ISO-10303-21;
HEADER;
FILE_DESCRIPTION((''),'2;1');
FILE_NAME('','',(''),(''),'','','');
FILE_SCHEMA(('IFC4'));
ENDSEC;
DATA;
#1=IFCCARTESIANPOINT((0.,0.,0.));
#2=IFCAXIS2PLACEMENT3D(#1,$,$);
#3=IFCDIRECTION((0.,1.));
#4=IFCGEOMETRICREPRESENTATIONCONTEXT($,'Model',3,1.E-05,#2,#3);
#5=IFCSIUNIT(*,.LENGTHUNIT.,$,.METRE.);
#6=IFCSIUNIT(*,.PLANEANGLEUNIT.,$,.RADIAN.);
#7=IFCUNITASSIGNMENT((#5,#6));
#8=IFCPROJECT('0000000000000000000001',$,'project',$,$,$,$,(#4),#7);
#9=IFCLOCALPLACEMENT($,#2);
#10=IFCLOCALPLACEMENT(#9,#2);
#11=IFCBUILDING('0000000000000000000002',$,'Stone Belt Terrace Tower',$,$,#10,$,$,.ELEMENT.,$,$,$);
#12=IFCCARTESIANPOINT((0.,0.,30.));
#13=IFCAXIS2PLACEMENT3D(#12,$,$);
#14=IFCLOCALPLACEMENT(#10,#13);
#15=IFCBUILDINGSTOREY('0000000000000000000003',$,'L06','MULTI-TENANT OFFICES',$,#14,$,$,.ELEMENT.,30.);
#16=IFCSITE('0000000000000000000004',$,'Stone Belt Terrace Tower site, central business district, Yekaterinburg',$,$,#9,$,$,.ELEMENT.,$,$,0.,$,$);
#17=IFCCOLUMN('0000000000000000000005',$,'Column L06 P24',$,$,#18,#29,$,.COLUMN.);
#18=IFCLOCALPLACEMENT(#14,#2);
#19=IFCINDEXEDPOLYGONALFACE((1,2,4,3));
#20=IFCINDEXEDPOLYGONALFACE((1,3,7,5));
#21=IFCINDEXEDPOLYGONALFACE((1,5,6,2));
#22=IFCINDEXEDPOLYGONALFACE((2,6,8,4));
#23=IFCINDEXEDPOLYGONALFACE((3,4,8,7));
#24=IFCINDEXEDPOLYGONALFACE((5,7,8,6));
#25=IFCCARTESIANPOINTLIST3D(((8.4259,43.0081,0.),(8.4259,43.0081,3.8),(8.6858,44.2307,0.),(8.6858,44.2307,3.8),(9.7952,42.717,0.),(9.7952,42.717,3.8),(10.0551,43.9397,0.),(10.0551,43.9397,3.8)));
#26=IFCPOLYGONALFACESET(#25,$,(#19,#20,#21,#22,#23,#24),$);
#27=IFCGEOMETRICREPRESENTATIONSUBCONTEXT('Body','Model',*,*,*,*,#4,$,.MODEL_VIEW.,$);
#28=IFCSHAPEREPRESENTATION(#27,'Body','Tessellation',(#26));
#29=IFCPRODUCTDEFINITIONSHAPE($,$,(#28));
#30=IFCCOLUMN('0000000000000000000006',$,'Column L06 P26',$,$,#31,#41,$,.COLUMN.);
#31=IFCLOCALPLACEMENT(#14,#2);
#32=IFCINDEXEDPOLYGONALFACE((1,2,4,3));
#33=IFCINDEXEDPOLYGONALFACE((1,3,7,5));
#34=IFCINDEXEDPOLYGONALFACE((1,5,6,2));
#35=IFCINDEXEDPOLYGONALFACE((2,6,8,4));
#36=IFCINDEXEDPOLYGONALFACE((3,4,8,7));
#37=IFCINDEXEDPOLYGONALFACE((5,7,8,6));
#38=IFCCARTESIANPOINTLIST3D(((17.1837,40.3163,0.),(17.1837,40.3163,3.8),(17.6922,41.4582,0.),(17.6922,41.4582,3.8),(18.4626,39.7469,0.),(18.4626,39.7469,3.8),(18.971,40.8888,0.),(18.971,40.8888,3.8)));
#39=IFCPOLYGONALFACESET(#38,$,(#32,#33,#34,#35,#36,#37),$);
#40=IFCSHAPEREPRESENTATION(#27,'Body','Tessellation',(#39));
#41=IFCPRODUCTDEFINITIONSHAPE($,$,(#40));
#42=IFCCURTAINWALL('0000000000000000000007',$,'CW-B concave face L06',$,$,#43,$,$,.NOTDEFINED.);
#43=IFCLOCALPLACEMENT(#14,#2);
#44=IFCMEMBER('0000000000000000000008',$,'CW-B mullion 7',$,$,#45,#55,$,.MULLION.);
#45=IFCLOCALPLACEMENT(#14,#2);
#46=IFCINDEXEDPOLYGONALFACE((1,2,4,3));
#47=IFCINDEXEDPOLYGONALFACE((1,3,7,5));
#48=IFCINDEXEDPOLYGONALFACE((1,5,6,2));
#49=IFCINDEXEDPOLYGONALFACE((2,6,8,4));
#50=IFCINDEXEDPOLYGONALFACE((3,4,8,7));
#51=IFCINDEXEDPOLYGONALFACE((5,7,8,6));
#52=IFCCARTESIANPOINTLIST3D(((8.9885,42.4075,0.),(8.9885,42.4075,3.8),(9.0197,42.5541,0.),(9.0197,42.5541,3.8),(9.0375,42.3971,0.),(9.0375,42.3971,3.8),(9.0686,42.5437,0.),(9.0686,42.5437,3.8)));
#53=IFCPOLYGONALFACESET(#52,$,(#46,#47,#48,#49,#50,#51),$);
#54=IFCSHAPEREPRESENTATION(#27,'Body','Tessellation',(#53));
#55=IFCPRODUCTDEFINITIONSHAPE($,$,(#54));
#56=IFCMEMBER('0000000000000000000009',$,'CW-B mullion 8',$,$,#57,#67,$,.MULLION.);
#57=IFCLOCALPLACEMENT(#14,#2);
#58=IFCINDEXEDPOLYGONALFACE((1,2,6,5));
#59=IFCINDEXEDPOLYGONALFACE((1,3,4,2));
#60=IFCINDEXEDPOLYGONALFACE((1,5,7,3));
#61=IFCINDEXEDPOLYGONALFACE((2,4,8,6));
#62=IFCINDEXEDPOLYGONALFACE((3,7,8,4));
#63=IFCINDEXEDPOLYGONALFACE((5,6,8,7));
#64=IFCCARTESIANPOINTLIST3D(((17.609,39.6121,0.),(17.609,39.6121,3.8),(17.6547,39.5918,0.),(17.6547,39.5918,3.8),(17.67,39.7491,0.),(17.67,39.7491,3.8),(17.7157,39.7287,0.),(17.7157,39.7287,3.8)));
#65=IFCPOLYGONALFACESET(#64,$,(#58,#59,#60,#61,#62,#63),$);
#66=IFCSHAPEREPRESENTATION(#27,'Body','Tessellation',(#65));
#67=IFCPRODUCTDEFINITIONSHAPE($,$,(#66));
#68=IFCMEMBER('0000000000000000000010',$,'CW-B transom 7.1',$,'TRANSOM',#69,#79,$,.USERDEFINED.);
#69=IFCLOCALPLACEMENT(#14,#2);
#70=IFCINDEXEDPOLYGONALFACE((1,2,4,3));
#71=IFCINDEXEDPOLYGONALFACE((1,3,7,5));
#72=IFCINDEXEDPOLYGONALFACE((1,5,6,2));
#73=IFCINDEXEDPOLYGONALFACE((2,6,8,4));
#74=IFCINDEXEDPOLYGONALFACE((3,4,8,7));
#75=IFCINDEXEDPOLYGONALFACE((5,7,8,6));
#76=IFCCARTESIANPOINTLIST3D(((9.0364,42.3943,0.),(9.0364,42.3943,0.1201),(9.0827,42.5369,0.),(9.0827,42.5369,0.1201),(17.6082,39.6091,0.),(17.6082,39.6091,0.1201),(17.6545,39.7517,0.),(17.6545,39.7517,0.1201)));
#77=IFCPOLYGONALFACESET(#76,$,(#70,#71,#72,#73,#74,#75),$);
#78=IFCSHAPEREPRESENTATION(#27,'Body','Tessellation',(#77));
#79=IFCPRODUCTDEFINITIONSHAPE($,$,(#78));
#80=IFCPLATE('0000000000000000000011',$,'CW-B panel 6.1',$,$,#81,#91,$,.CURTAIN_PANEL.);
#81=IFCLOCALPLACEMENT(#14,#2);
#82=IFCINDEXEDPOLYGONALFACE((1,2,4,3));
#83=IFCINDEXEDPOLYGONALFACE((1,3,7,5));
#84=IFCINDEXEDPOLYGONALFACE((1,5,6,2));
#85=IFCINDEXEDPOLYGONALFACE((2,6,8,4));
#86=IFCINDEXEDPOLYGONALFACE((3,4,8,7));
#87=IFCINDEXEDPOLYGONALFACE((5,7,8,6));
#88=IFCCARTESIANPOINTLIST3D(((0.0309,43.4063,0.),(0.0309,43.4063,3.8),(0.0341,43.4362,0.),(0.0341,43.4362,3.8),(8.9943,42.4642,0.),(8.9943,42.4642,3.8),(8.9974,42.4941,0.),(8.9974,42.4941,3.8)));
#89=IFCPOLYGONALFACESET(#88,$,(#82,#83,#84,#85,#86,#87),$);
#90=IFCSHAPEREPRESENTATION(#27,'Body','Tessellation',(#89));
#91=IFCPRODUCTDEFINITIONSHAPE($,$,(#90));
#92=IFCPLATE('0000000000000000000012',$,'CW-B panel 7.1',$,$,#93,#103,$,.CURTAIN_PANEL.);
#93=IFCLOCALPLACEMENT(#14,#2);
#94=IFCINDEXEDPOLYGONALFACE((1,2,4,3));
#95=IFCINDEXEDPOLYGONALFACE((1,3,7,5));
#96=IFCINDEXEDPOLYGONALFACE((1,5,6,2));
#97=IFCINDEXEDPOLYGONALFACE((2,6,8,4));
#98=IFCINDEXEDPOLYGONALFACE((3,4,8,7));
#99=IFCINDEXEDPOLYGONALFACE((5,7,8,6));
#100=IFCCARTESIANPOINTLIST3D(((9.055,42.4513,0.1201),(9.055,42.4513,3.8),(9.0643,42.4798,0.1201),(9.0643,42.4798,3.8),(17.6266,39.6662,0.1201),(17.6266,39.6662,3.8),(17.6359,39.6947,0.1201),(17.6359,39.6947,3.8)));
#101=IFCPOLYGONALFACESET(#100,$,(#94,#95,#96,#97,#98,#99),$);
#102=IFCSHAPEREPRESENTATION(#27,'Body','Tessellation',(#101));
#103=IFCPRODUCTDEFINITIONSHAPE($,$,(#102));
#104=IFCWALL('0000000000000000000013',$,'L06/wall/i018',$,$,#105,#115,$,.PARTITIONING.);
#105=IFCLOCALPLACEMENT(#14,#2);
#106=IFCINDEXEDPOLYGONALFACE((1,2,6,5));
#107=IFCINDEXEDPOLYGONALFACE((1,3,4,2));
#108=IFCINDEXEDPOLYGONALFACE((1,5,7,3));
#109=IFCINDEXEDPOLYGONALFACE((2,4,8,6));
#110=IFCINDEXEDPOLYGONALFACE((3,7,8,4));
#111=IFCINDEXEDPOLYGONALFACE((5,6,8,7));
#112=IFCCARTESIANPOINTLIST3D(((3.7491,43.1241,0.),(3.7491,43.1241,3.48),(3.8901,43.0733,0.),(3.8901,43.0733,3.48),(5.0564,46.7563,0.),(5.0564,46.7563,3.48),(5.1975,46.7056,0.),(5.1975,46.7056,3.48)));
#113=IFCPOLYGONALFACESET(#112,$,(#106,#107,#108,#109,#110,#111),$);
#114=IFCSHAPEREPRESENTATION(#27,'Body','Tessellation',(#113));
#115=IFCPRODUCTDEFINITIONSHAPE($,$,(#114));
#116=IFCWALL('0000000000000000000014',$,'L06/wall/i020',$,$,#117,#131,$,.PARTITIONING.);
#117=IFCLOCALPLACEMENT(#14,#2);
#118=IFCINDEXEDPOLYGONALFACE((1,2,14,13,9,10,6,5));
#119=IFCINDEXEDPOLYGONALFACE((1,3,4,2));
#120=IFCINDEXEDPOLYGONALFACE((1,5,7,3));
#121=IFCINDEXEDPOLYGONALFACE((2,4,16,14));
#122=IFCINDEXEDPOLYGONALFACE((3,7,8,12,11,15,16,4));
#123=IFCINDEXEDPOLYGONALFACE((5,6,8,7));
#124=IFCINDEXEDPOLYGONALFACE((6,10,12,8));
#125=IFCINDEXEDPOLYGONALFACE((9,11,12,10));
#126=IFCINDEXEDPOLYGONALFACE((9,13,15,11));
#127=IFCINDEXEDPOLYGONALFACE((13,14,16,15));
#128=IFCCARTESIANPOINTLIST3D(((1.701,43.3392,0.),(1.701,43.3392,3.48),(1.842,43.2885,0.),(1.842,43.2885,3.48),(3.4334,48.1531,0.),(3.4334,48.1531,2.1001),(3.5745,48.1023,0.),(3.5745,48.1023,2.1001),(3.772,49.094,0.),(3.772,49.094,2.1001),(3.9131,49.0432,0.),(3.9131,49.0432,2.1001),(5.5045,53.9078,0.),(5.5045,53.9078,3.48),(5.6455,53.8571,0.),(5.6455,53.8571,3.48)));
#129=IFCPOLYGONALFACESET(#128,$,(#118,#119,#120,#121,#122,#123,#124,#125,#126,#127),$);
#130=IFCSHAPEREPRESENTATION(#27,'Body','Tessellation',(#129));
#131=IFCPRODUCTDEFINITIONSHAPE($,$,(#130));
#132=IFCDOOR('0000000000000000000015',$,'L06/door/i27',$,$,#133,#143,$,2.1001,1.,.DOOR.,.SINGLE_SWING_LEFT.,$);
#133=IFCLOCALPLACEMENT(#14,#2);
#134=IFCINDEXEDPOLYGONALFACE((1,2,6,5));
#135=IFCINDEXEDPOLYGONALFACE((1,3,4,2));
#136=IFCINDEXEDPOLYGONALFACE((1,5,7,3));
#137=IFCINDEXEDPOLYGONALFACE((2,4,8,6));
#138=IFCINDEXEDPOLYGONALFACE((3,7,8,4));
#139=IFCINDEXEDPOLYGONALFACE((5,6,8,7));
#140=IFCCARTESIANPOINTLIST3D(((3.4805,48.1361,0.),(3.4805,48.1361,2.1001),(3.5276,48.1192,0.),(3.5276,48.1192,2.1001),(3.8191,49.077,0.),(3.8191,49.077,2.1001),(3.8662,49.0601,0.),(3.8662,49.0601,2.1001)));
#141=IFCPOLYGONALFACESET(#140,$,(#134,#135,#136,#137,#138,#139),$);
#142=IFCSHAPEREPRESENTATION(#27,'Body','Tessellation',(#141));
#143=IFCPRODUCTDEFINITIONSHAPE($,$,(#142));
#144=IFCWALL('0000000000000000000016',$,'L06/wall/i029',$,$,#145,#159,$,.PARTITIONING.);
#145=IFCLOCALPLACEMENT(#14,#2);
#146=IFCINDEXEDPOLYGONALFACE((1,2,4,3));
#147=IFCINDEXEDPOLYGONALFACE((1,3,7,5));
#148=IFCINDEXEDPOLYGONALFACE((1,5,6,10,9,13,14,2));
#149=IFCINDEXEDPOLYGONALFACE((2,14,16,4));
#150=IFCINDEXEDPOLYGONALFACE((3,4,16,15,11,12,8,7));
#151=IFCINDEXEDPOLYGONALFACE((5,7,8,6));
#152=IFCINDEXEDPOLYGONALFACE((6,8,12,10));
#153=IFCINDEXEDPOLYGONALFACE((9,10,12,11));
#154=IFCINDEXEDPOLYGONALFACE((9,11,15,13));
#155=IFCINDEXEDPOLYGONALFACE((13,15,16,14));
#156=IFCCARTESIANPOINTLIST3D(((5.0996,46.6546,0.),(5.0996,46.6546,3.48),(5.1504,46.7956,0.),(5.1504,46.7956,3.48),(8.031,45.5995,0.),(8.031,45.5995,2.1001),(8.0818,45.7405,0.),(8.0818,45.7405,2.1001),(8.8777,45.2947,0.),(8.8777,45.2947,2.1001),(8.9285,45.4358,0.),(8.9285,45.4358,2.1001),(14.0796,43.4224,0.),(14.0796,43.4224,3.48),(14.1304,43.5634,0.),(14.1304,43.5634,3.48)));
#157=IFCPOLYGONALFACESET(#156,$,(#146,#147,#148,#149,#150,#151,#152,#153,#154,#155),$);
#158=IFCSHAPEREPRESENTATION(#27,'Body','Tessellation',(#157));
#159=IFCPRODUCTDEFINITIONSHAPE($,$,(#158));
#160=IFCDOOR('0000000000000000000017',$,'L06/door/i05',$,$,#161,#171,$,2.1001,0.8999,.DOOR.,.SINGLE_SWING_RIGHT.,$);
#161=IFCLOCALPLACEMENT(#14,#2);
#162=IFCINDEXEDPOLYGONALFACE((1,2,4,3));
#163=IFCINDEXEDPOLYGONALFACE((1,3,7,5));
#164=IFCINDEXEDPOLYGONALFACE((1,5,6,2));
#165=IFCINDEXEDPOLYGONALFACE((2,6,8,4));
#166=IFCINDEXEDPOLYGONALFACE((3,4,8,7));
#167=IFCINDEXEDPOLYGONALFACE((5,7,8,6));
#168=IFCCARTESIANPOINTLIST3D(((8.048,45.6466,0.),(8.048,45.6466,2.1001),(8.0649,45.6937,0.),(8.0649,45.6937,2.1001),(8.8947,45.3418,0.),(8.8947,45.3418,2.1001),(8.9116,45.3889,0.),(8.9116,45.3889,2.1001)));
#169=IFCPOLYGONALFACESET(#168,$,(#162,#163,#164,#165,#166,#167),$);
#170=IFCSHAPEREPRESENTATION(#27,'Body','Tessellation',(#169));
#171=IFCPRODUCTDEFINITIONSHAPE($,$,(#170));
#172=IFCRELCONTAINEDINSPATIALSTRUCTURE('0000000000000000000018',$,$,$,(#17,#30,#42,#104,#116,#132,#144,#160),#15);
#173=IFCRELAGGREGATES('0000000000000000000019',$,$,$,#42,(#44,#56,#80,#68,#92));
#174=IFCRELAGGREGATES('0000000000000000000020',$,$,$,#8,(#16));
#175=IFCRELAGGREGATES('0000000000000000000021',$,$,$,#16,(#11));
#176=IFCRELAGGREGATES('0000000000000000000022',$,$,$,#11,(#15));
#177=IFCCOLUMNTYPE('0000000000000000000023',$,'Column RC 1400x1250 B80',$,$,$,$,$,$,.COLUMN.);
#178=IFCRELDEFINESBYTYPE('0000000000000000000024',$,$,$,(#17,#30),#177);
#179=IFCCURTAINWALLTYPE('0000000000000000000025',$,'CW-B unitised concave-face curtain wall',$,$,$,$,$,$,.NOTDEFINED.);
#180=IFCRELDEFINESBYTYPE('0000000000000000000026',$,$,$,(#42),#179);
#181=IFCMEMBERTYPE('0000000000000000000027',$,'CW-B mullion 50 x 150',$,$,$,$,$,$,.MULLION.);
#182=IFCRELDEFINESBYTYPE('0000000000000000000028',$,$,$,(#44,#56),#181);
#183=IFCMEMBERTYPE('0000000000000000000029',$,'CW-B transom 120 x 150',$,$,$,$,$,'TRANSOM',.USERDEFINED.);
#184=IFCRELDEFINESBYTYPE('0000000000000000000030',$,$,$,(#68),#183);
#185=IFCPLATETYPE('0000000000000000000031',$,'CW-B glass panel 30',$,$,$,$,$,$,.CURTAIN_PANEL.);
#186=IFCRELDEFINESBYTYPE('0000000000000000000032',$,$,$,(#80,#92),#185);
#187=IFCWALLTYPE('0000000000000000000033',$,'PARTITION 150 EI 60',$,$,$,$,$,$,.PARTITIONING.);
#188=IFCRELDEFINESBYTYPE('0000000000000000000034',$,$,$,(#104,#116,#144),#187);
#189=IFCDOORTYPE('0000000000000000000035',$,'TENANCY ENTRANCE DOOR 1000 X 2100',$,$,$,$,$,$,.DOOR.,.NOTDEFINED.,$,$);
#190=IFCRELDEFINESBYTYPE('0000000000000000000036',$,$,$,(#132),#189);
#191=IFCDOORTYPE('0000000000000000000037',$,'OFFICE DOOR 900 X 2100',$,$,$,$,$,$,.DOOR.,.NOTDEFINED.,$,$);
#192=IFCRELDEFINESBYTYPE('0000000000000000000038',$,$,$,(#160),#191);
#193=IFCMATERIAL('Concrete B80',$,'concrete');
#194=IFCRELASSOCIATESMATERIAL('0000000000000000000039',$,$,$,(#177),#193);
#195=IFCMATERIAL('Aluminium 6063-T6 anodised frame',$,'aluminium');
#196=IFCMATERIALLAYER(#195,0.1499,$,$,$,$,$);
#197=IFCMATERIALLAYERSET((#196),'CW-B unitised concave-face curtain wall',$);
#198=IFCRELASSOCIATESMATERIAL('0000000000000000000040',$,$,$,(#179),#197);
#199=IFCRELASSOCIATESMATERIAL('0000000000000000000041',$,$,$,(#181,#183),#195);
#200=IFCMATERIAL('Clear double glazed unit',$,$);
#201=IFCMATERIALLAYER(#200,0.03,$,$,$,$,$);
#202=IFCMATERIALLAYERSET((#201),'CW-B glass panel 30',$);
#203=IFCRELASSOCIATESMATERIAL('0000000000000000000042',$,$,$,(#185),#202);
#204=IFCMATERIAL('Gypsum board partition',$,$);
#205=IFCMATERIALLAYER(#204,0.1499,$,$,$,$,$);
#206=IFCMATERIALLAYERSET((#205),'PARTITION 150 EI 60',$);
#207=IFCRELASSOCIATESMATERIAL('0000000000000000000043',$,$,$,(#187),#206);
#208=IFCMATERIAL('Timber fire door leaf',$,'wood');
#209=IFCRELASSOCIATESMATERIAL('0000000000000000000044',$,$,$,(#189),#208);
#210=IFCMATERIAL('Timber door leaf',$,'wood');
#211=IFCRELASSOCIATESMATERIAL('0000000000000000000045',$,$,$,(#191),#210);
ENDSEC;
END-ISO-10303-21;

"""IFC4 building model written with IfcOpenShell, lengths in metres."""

from ifc_helpers import new_model, si_unit, direction, frame, frame_2d, origin, origin_2d, place, context, subcontext, project, spatial, rectangle, extrude, material, layer, layer_set, material_profile, profile_set, type_object, element, fill, aggregate, save


model = new_model("IFC4")

# Units and contexts
model_context = context("Model", 3, precision=1e-05, world=origin(), true_north=direction((0.0, 1.0)))
body_context = subcontext(model_context, "Body", "Model", "MODEL_VIEW")
ifc_project = project(units=[si_unit("LENGTHUNIT", "METRE"), si_unit("PLANEANGLEUNIT", "RADIAN")], contexts=[model_context])

# Site, building, storey
site_placement = place(None, origin())
site = spatial("IfcSite", under=ifc_project, at=site_placement, Name="Stone Belt Terrace Tower site, central business district, Yekaterinburg", CompositionType="ELEMENT", RefElevation=0.0)
building_placement = place(site_placement, origin())
building = spatial("IfcBuilding", under=site, at=building_placement, Name="Stone Belt Terrace Tower", CompositionType="ELEMENT")
storey_placement = place(building_placement, frame((0.0, 0.0, 30.0)))
storey = spatial("IfcBuildingStorey", under=building, at=storey_placement, Name="L06", Description="MULTI-TENANT OFFICES", CompositionType="ELEMENT", Elevation=30.0)

# Columns
ifc_material_1 = material(Name="Concrete B80", Category="concrete")
ifc_material_profile_1 = material_profile(ifc_material_1, rectangle(XDim=1.3999, YDim=1.25, at=origin_2d()), Name="RC 1400x1250")
ifc_profile_set_1 = profile_set([ifc_material_profile_1], Name="Concrete B80")
column_type = type_object("IfcColumnType", Name="Column RC 1400x1250 B80", PredefinedType="COLUMN", material=ifc_profile_set_1)
for number, where, z_axis, x_axis, name in (
    (1, (9.2405, 43.4739, 0.0), (0.0, 0.0, 1.0), (0.978148, -0.207912, 0.0), "Column L06 P24"),
    (2, (18.0774, 40.6025, 0.0), (0.0, 0.0, 1.0), (0.913545, -0.406737, 0.0), "Column L06 P26"),
):
    element("IfcColumn", number, at=place(storey_placement, frame(where, z_axis=z_axis, x_axis=x_axis)), inside=storey, type_object=column_type, Name=name, PredefinedType="COLUMN", context=body_context, shape_type="SweptSolid", body=[
        extrude(rectangle(XDim=1.3999, YDim=1.25, at=origin_2d()), origin(), (0.0, 0.0, 1.0), 3.8),
    ])

# Curtain wall, members, plates
ifc_material_2 = material(Name="Aluminium 6063-T6 anodised frame", Category="aluminium")
ifc_layer_1 = layer(ifc_material_2, 0.1499)
ifc_layer_set_1 = layer_set([ifc_layer_1], Name="CW-B unitised concave-face curtain wall")
curtain_wall_type = type_object("IfcCurtainWallType", Name="CW-B unitised concave-face curtain wall", PredefinedType="NOTDEFINED", material=ifc_layer_set_1)
curtain_wall_placement = place(storey_placement, origin())
curtain_wall = element("IfcCurtainWall", 3, at=curtain_wall_placement, inside=storey, type_object=curtain_wall_type, Name="CW-B concave face L06", PredefinedType="NOTDEFINED")
ifc_material_profile_2 = material_profile(ifc_material_2, rectangle(XDim=0.1499, YDim=0.05, at=origin_2d()), Name="Aluminium 6063-T6 50x150")
ifc_profile_set_2 = profile_set([ifc_material_profile_2], Name="Aluminium 6063-T6 anodised frame")
member_type_1 = type_object("IfcMemberType", Name="CW-B mullion 50 x 150", PredefinedType="MULLION", material=ifc_profile_set_2)
member_1_placement = place(storey_placement, frame((9.0286, 42.4756, 0.0), z_axis=(0.0, 0.0, 1.0), x_axis=(0.207912, 0.978148, 0.0)))
member_1 = element("IfcMember", 4, at=member_1_placement, type_object=member_type_1, Name="CW-B mullion 7", PredefinedType="MULLION", context=body_context, shape_type="SweptSolid", body=[
    extrude(rectangle(XDim=0.1499, YDim=0.05, at=origin_2d()), origin(), (0.0, 0.0, 1.0), 3.8),
])
member_2_placement = place(storey_placement, frame((17.6624, 39.6704, 0.0), z_axis=(0.0, 0.0, 1.0), x_axis=(0.406737, 0.913545, 0.0)))
member_2 = element("IfcMember", 5, at=member_2_placement, type_object=member_type_1, Name="CW-B mullion 8", PredefinedType="MULLION", context=body_context, shape_type="SweptSolid", body=[
    extrude(rectangle(XDim=0.1499, YDim=0.05, at=origin_2d()), origin(), (0.0, 0.0, 1.0), 3.8),
])
ifc_material_profile_3 = material_profile(ifc_material_2, rectangle(XDim=0.1499, YDim=0.1201, at=origin_2d()), Name="Aluminium 6063-T6 150x120")
ifc_profile_set_3 = profile_set([ifc_material_profile_3], Name="Aluminium 6063-T6 anodised frame")
member_type_2 = type_object("IfcMemberType", Name="CW-B transom 120 x 150", ElementType="TRANSOM", PredefinedType="USERDEFINED", material=ifc_profile_set_3)
member_3_placement = place(storey_placement, frame((9.0596, 42.4656, 0.0601), z_axis=(0.951056, -0.309019, 0.0), x_axis=(0.309019, 0.951056, 0.0)))
member_3 = element("IfcMember", 6, at=member_3_placement, type_object=member_type_2, Name="CW-B transom 7.1", ObjectType="TRANSOM", PredefinedType="USERDEFINED", context=body_context, shape_type="SweptSolid", body=[
    extrude(rectangle(XDim=0.1499, YDim=0.1201, at=origin_2d()), origin(), (0.0, 0.0, 1.0), 9.0129),
])
ifc_material_3 = material(Name="Clear double glazed unit")
ifc_layer_2 = layer(ifc_material_3, 0.03)
ifc_layer_set_2 = layer_set([ifc_layer_2], Name="CW-B glass panel 30")
plate_type = type_object("IfcPlateType", Name="CW-B glass panel 30", PredefinedType="CURTAIN_PANEL", material=ifc_layer_set_2)
plate_1_placement = place(storey_placement, frame((4.5142, 42.9502, 0.0), z_axis=(0.0, 0.0, 1.0), x_axis=(0.994522, -0.104528, 0.0)))
plate_1 = element("IfcPlate", 7, at=plate_1_placement, type_object=plate_type, Name="CW-B panel 6.1", PredefinedType="CURTAIN_PANEL", context=body_context, shape_type="SweptSolid", body=[
    extrude(rectangle(XDim=9.0127, YDim=0.03, at=origin_2d()), origin(), (0.0, 0.0, 1.0), 3.8),
])
plate_2_placement = place(storey_placement, frame((13.3455, 41.073, 0.1201), z_axis=(0.0, 0.0, 1.0), x_axis=(0.951057, -0.309017, 0.0)))
plate_2 = element("IfcPlate", 8, at=plate_2_placement, type_object=plate_type, Name="CW-B panel 7.1", PredefinedType="CURTAIN_PANEL", context=body_context, shape_type="SweptSolid", body=[
    extrude(rectangle(XDim=9.0127, YDim=0.03, at=origin_2d()), origin(), (0.0, 0.0, 1.0), 3.6799),
])
aggregate(curtain_wall, [member_1, member_2, plate_1, member_3, plate_2])

# Wall
ifc_material_4 = material(Name="Gypsum board partition")
ifc_layer_3 = layer(ifc_material_4, 0.1499)
ifc_layer_set_3 = layer_set([ifc_layer_3], Name="PARTITION 150 EI 60")
wall_type_1 = type_object("IfcWallType", Name="PARTITION 150 EI 60", PredefinedType="PARTITIONING", material=ifc_layer_set_3)
wall_1_placement = place(storey_placement, frame((5.127, 46.731, 0.0), z_axis=(0.0, 0.0, 1.0), x_axis=(-0.338659, -0.940909, 0.0)))
element("IfcWall", 9, at=wall_1_placement, inside=storey, type_object=wall_type_1, Name="L06/wall/i018", PredefinedType="PARTITIONING", context=body_context, shape_type="SweptSolid", body=[
    extrude(rectangle(XDim=3.8604, YDim=0.1499, at=frame_2d((1.9302, 0.0))), origin(), (0.0, 0.0, 1.0), 3.48),
])

# Walls, openings, doors
wall_2_placement = place(storey_placement, frame((1.7715, 43.3137, 0.0), z_axis=(0.0, 0.0, 1.0), x_axis=(0.338622, 0.940922, 0.0)))
wall_2 = element("IfcWall", 10, at=wall_2_placement, inside=storey, type_object=wall_type_1, Name="L06/wall/i020", PredefinedType="PARTITIONING", context=body_context, shape_type="SweptSolid", body=[
    extrude(rectangle(XDim=11.2322, YDim=0.1499, at=frame_2d((5.6162, 0.0))), origin(), (0.0, 0.0, 1.0), 3.48),
])
opening_1_placement = place(wall_2_placement, frame((5.1162, 0.0, 0.0)))
opening_1 = element("IfcOpeningElement", 11, at=opening_1_placement, cuts=wall_2, PredefinedType="OPENING", context=body_context, shape_type="SweptSolid", body=[
    extrude(rectangle(XDim=1.0, YDim=2.1001, at=frame_2d((0.5, 1.05))), frame((0.0, 0.085, 0.0), z_axis=(0.0, -1.0, 0.0), x_axis=(1.0, 0.0, 0.0)), (0.0, 0.0, 1.0), 0.1699),
])
ifc_material_5 = material(Name="Timber fire door leaf", Category="wood")
door_type_1 = type_object("IfcDoorType", Name="TENANCY ENTRANCE DOOR 1000 X 2100", OperationType="NOTDEFINED", PredefinedType="DOOR", material=ifc_material_5)
door_1_placement = place(opening_1_placement, origin())
door_1 = element("IfcDoor", 12, at=door_1_placement, inside=storey, type_object=door_type_1, Name="L06/door/i27", OperationType="SINGLE_SWING_LEFT", OverallHeight=2.1001, OverallWidth=1.0, PredefinedType="DOOR", context=body_context, shape_type="SweptSolid", body=[
    extrude(rectangle(XDim=1.0, YDim=2.1001, at=frame_2d((0.5, 1.05))), frame((0.0, 0.0249, 0.0), z_axis=(0.0, -1.0, 0.0), x_axis=(1.0, 0.0, 0.0)), (0.0, 0.0, 1.0), 0.05),
])
fill(opening_1, door_1)
wall_3_placement = place(storey_placement, frame((14.105, 43.4929, 0.0), z_axis=(0.0, 0.0, 1.0), x_axis=(-0.940908, 0.338662, 0.0)))
wall_3 = element("IfcWall", 13, at=wall_3_placement, inside=storey, type_object=wall_type_1, Name="L06/wall/i029", PredefinedType="PARTITIONING", context=body_context, shape_type="SweptSolid", body=[
    extrude(rectangle(XDim=9.5439, YDim=0.1499, at=frame_2d((4.772, 0.0))), origin(), (0.0, 0.0, 1.0), 3.48),
])
opening_2_placement = place(wall_3_placement, frame((5.5286, 0.0, 0.0)))
opening_2 = element("IfcOpeningElement", 14, at=opening_2_placement, cuts=wall_3, PredefinedType="OPENING", context=body_context, shape_type="SweptSolid", body=[
    extrude(rectangle(XDim=0.8999, YDim=2.1001, at=frame_2d((0.45, 1.05))), frame((0.0, 0.085, 0.0), z_axis=(0.0, -1.0, 0.0), x_axis=(1.0, 0.0, 0.0)), (0.0, 0.0, 1.0), 0.1699),
])
ifc_material_6 = material(Name="Timber door leaf", Category="wood")
door_type_2 = type_object("IfcDoorType", Name="OFFICE DOOR 900 X 2100", OperationType="NOTDEFINED", PredefinedType="DOOR", material=ifc_material_6)
door_2_placement = place(opening_2_placement, origin())
door_2 = element("IfcDoor", 15, at=door_2_placement, inside=storey, type_object=door_type_2, Name="L06/door/i05", OperationType="SINGLE_SWING_RIGHT", OverallHeight=2.1001, OverallWidth=0.8999, PredefinedType="DOOR", context=body_context, shape_type="SweptSolid", body=[
    extrude(rectangle(XDim=0.8999, YDim=2.1001, at=frame_2d((0.45, 1.05))), frame((0.0, 0.0249, 0.0), z_axis=(0.0, -1.0, 0.0), x_axis=(1.0, 0.0, 0.0)), (0.0, 0.0, 1.0), 0.05),
])
fill(opening_2, door_2)

save(model, "model.ifc")
